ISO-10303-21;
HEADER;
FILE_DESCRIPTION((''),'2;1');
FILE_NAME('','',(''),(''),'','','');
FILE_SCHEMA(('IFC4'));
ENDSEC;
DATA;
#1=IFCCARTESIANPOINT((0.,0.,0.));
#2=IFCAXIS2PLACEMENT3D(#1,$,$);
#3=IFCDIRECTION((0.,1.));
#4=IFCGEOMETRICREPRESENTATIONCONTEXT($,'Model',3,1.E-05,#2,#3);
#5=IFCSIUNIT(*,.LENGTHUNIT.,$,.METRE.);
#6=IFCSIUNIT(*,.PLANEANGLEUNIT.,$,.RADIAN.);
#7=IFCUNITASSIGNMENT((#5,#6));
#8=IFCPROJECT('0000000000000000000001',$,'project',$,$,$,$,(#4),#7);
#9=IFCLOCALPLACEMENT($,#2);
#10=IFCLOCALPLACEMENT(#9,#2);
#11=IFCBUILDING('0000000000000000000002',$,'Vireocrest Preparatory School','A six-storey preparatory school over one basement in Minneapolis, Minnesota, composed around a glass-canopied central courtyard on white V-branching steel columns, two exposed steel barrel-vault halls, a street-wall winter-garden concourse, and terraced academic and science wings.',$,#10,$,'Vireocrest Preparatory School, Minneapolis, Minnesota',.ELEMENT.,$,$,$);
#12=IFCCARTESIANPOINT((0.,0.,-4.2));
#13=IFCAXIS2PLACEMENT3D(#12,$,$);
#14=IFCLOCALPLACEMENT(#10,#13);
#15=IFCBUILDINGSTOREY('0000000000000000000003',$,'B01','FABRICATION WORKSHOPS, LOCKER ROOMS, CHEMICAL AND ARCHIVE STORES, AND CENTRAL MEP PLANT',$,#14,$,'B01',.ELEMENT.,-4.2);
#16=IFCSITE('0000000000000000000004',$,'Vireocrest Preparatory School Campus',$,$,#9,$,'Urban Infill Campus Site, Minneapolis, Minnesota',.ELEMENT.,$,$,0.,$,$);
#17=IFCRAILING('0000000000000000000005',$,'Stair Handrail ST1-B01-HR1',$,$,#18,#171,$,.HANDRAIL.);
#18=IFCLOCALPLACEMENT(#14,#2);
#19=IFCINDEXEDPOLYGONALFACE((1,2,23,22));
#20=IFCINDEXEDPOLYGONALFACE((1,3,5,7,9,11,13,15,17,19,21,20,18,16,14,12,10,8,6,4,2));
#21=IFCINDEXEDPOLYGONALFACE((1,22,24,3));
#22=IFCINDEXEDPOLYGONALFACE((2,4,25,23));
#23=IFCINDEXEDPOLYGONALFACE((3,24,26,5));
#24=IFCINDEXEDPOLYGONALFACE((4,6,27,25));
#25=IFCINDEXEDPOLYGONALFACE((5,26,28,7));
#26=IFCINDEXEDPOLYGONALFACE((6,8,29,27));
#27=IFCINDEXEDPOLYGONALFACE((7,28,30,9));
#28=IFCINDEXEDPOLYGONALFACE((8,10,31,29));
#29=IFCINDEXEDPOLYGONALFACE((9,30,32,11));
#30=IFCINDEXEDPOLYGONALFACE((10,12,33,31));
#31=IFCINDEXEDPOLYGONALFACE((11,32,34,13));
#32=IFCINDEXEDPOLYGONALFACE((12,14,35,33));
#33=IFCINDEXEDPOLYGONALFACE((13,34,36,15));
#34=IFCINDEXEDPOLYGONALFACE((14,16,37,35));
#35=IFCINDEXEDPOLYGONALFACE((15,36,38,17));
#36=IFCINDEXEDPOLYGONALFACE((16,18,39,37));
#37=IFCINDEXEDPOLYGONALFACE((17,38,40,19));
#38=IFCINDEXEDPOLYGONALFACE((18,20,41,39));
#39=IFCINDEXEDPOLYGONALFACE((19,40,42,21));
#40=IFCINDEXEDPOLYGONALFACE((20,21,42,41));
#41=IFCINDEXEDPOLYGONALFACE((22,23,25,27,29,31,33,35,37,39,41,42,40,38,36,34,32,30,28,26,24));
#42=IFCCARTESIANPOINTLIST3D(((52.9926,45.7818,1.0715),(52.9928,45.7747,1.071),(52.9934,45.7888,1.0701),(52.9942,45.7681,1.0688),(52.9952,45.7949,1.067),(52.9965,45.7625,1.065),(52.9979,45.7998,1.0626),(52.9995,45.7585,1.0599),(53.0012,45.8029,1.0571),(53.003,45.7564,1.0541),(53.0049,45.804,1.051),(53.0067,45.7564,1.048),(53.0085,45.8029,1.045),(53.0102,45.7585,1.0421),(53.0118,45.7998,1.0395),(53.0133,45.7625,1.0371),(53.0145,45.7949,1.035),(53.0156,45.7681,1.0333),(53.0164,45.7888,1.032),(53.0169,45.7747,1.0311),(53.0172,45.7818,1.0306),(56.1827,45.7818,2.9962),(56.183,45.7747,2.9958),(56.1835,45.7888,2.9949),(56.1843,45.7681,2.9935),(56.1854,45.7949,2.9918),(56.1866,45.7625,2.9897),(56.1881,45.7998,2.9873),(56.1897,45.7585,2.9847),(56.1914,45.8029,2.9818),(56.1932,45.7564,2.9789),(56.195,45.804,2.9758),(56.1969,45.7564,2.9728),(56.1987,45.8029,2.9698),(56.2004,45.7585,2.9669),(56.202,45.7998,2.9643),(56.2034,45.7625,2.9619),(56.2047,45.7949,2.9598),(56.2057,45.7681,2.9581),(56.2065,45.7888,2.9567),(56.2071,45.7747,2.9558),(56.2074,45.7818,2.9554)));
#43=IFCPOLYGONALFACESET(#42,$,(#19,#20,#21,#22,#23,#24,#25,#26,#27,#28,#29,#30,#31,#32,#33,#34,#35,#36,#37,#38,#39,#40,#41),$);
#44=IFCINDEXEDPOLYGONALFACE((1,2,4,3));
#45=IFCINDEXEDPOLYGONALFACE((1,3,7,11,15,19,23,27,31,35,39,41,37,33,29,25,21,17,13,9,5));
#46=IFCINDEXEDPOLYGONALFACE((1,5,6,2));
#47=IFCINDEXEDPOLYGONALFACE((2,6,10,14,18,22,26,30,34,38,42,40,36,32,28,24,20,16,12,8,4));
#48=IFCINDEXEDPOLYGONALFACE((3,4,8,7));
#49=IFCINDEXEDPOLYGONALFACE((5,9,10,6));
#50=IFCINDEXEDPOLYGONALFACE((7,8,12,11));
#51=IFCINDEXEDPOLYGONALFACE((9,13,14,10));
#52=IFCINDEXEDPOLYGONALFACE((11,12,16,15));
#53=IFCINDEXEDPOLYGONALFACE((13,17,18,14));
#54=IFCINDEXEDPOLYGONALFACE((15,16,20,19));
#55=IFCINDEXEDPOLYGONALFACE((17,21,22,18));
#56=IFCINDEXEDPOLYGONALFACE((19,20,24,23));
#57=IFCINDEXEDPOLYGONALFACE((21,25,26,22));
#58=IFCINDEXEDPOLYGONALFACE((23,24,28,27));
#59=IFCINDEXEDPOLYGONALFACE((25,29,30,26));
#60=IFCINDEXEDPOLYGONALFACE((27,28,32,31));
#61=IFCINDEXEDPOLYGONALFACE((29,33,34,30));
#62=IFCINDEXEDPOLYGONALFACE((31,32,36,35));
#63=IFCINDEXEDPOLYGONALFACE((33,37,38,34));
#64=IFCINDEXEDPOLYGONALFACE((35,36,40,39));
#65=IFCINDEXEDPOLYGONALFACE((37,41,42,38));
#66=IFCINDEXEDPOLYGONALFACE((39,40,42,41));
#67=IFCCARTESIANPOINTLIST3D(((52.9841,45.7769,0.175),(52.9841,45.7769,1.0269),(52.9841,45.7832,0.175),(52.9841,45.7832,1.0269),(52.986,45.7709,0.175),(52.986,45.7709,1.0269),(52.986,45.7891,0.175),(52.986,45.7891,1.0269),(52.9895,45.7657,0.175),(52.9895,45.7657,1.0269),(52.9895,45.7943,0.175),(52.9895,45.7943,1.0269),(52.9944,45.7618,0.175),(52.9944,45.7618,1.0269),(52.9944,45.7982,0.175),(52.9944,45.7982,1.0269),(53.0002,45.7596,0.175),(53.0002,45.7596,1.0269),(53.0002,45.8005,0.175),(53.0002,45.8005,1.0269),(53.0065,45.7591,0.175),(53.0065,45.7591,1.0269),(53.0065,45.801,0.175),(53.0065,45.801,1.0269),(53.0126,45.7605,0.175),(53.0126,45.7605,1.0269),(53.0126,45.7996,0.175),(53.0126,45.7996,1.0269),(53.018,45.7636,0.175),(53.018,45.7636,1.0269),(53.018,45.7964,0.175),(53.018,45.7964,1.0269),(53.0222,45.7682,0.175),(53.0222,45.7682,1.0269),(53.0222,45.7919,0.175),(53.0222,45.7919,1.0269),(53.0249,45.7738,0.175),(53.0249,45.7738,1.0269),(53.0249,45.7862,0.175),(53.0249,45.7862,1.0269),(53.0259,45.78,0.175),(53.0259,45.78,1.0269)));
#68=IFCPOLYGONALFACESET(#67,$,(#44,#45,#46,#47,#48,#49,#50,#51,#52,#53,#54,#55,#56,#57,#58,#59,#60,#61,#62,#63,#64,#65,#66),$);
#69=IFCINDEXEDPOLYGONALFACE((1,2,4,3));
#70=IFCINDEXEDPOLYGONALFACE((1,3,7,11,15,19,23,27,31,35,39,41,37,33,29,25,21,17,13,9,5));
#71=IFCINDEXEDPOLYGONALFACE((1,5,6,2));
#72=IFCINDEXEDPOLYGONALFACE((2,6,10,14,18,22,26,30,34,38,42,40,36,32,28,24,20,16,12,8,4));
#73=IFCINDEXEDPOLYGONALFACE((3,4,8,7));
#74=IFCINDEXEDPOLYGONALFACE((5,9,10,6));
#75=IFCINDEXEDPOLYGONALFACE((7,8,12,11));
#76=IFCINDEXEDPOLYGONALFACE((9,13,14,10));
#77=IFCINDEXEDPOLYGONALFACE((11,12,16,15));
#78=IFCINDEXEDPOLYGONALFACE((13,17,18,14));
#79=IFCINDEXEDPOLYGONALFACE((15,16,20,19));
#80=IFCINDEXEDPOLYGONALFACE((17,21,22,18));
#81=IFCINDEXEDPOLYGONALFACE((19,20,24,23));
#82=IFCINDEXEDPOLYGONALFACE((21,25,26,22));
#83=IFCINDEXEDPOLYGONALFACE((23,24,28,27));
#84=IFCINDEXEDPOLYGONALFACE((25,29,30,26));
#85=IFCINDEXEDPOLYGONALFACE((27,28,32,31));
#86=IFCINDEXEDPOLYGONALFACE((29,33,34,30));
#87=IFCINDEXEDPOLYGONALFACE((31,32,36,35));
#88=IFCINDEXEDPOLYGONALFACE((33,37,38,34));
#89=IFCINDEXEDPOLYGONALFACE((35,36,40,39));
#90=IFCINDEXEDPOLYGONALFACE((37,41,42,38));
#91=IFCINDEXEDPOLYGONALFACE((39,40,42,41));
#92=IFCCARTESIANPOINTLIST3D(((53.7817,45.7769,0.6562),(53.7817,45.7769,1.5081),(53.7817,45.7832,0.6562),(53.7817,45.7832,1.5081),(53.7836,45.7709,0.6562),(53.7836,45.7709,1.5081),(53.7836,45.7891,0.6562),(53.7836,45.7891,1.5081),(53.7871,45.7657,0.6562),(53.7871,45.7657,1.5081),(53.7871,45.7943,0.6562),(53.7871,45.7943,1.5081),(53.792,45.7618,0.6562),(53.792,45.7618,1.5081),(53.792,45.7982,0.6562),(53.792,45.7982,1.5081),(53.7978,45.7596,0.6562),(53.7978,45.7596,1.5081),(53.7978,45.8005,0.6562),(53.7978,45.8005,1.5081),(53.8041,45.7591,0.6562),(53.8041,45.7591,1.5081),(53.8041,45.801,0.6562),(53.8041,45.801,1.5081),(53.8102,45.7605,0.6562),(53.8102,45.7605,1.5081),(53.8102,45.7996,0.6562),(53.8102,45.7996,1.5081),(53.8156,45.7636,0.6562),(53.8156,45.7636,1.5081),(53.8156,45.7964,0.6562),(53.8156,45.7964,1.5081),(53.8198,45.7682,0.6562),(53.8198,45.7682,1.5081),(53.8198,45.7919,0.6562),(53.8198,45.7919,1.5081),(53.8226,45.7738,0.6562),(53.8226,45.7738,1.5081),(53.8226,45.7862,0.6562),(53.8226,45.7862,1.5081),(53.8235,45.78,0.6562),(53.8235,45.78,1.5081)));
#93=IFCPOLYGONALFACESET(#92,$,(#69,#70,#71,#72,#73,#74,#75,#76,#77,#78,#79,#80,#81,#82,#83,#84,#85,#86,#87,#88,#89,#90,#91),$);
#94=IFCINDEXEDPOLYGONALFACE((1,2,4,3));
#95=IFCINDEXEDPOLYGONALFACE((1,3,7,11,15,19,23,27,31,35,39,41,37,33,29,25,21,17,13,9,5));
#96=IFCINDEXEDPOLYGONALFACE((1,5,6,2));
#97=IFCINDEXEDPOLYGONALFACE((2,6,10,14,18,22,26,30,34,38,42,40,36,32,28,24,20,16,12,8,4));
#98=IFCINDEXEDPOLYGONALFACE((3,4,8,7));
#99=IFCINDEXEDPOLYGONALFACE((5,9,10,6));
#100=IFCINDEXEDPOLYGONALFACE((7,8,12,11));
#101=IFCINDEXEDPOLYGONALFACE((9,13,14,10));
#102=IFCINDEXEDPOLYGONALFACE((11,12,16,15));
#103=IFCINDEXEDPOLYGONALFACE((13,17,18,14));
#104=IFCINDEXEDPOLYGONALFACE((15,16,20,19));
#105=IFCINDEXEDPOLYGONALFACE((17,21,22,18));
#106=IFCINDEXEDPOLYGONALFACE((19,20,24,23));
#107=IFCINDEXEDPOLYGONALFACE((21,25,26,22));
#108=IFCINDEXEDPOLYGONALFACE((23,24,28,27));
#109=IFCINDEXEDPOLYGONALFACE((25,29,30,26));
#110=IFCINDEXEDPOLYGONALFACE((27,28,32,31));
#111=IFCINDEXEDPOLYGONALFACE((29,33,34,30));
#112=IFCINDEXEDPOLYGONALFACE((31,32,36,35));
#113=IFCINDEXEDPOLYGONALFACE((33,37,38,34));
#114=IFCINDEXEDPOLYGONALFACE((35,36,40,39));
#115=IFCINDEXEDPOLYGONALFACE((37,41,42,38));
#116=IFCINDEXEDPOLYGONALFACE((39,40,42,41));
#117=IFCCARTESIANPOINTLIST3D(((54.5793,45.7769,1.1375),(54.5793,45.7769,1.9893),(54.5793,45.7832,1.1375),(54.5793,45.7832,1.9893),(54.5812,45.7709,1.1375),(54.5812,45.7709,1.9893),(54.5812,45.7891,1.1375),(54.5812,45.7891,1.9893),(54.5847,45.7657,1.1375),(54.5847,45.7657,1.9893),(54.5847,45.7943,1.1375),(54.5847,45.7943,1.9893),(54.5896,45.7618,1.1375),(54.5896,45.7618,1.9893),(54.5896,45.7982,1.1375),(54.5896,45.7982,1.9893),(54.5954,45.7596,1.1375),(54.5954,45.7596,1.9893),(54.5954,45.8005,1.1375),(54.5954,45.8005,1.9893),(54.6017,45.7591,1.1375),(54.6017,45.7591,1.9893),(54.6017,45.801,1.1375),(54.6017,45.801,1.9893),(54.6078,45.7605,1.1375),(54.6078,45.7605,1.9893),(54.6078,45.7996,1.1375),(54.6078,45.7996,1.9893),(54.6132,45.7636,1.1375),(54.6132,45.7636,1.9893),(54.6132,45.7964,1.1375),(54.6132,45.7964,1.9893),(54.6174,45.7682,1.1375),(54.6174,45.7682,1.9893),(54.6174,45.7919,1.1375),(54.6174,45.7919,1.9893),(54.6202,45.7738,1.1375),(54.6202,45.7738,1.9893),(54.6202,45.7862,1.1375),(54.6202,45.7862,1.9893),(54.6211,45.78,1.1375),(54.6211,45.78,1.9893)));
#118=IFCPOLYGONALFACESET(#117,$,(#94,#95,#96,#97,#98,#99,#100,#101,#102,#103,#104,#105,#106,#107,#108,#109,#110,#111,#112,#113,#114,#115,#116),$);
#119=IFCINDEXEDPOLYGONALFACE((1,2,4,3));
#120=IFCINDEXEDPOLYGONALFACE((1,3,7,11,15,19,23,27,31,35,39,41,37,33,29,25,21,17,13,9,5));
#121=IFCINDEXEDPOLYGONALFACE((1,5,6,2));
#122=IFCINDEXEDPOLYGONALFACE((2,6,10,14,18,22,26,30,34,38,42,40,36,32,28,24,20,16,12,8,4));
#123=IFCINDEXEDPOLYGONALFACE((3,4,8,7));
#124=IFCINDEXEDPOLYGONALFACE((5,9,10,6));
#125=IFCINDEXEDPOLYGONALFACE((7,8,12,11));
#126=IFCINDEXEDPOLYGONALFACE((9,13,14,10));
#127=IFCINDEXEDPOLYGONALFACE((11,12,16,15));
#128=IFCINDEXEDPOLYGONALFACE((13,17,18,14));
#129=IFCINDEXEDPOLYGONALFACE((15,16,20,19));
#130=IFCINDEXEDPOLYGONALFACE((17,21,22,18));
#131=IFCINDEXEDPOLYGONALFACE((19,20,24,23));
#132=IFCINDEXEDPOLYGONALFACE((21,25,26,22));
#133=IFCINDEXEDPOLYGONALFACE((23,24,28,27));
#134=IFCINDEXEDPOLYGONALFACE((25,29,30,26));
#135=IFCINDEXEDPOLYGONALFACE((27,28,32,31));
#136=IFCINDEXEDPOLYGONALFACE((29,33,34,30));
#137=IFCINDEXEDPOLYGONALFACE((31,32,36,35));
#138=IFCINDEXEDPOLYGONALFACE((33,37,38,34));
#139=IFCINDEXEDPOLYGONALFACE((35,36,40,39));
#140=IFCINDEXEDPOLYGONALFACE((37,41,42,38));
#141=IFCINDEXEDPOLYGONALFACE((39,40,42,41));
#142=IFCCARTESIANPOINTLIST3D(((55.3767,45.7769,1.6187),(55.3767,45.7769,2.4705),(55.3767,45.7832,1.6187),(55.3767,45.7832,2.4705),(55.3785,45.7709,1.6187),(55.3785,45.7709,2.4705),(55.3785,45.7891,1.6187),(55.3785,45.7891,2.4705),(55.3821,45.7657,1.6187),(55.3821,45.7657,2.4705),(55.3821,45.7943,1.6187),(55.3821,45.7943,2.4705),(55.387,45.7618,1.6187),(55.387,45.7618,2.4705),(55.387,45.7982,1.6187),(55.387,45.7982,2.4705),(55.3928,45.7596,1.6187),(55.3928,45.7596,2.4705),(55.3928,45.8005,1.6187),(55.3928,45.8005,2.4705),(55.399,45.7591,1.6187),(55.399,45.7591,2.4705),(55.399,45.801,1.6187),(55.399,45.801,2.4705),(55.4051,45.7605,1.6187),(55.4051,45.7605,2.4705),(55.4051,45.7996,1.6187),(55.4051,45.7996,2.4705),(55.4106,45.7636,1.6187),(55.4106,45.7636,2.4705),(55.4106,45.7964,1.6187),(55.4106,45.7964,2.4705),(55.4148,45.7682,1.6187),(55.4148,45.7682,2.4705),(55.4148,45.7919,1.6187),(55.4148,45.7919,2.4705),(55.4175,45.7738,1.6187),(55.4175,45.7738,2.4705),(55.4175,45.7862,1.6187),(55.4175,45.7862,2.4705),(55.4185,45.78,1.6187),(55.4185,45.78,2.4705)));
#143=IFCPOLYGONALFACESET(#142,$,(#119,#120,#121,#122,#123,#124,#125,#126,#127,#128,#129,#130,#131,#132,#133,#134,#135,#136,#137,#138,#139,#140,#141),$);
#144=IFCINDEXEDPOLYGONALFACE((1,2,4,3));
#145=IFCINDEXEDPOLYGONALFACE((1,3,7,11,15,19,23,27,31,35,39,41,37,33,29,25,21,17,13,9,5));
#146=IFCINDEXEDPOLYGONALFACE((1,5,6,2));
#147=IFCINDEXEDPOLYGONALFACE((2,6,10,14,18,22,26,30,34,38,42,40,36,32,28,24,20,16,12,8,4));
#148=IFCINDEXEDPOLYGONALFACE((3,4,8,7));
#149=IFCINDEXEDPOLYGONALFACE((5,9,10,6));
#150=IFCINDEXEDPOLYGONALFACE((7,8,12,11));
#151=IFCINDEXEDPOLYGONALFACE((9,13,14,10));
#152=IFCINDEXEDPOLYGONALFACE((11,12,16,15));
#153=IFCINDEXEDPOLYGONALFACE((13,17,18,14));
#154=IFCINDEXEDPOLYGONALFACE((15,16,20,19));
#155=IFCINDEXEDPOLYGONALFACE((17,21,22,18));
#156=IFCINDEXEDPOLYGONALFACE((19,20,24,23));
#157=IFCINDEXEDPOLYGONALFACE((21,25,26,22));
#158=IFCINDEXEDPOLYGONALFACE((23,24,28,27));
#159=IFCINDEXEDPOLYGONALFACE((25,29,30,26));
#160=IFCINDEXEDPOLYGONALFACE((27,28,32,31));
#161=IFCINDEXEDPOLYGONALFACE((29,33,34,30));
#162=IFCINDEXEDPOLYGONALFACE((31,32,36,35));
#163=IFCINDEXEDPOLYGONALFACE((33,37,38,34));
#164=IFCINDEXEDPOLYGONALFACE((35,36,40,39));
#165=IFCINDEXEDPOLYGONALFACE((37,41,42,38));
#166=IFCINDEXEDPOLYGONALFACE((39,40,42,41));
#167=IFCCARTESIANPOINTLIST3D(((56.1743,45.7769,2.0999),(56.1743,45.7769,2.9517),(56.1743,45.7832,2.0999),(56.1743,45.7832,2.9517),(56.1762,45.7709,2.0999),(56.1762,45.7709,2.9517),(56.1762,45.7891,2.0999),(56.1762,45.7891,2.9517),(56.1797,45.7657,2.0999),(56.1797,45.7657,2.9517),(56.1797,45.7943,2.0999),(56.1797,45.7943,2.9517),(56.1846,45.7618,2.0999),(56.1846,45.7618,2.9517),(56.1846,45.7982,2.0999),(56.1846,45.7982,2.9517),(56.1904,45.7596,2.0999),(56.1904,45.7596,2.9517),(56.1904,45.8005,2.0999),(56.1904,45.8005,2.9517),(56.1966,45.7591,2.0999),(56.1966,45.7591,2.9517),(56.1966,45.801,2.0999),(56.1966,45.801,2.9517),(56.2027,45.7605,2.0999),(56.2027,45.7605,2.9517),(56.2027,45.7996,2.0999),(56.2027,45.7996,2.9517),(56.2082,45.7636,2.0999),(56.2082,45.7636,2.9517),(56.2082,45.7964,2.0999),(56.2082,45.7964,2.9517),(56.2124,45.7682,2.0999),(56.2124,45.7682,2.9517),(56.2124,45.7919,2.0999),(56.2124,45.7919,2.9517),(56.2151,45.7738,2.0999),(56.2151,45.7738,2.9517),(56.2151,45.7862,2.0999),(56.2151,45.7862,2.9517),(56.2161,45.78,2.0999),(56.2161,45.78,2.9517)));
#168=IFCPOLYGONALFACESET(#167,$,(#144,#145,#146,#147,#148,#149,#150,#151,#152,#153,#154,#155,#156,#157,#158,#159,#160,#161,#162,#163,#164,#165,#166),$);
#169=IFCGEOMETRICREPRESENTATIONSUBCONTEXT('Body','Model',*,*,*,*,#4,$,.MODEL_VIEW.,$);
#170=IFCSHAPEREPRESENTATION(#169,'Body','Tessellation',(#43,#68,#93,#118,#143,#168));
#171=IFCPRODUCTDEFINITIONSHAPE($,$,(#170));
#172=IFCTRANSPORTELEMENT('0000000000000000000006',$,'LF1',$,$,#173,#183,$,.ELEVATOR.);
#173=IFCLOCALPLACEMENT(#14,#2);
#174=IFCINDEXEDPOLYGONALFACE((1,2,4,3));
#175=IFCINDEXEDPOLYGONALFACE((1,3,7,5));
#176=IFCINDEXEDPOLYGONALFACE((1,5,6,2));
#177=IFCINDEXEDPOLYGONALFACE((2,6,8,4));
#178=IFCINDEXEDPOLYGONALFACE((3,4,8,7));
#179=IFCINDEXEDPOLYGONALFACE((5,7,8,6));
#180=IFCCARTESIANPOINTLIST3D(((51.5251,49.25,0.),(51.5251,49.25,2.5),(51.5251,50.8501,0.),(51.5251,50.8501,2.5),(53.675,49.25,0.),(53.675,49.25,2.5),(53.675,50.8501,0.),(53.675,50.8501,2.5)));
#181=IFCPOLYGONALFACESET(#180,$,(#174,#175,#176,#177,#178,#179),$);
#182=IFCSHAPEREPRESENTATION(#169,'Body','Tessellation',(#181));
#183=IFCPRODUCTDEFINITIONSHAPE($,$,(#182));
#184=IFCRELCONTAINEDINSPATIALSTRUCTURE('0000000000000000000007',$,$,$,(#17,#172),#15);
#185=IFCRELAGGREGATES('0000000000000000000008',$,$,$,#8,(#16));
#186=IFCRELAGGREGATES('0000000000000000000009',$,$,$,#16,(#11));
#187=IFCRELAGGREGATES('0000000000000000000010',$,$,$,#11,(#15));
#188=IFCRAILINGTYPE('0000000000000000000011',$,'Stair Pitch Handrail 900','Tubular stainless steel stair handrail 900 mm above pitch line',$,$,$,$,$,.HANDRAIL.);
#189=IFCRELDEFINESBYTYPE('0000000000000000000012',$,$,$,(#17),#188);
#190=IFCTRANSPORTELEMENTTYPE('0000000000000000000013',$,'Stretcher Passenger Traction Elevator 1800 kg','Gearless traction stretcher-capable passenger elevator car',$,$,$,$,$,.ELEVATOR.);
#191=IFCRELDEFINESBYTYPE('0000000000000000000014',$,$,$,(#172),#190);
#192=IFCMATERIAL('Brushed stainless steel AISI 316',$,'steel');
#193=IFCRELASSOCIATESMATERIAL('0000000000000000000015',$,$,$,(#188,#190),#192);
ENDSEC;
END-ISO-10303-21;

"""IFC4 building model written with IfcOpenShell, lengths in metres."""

from ifc_helpers import new_model, si_unit, direction, frame, origin, origin_2d, place, context, subcontext, project, spatial, rectangle, circle, extrude, material, type_object, element, save


model = new_model("IFC4")

# Units and contexts
model_context = context("Model", 3, precision=1e-05, world=origin(), true_north=direction((0.0, 1.0)))
body_context = subcontext(model_context, "Body", "Model", "MODEL_VIEW")
ifc_project = project(units=[si_unit("LENGTHUNIT", "METRE"), si_unit("PLANEANGLEUNIT", "RADIAN")], contexts=[model_context])

# Site, building, storey
site_placement = place(None, origin())
site = spatial("IfcSite", under=ifc_project, at=site_placement, Name="Vireocrest Preparatory School Campus", LongName="Urban Infill Campus Site, Minneapolis, Minnesota", CompositionType="ELEMENT", RefElevation=0.0)
building_placement = place(site_placement, origin())
building = spatial("IfcBuilding", under=site, at=building_placement, Name="Vireocrest Preparatory School", Description="A six-storey preparatory school over one basement in Minneapolis, Minnesota, composed around a glass-canopied central courtyard on white V-branching steel columns, two exposed steel barrel-vault halls, a street-wall winter-garden concourse, and terraced academic and science wings.", LongName="Vireocrest Preparatory School, Minneapolis, Minnesota", CompositionType="ELEMENT")
storey_placement = place(building_placement, frame((0.0, 0.0, -4.2)))
storey = spatial("IfcBuildingStorey", under=building, at=storey_placement, Name="B01", Description="FABRICATION WORKSHOPS, LOCKER ROOMS, CHEMICAL AND ARCHIVE STORES, AND CENTRAL MEP PLANT", LongName="B01", CompositionType="ELEMENT", Elevation=-4.2)

# Railing
ifc_material_1 = material(Name="Brushed stainless steel AISI 316", Category="steel")
railing_type_1 = type_object("IfcRailingType", Name="Stair Pitch Handrail 900", Description="Tubular stainless steel stair handrail 900 mm above pitch line", PredefinedType="HANDRAIL", material=ifc_material_1)
railing_1_placement = place(storey_placement, frame((53.0049, 45.78, 0.175)))
element("IfcRailing", 1, at=railing_1_placement, inside=storey, type_object=railing_type_1, Name="Stair Handrail ST1-B01-HR1", PredefinedType="HANDRAIL", context=body_context, shape_type="SweptSolid", body=[
    extrude(circle(Radius=0.0239, at=origin_2d()), frame((0.0, 0.0, 0.876), z_axis=(0.856224, 0.0, 0.516605), x_axis=(0.0, 1.0, 0.0)), (0.0, 0.0, 1.0), 3.7258),
    extrude(circle(Radius=0.021, at=origin_2d()), origin(), (0.0, 0.0, 1.0), 0.8518),
    extrude(circle(Radius=0.021, at=origin_2d()), frame((0.7976, 0.0, 0.4812)), (0.0, 0.0, 1.0), 0.8518),
    extrude(circle(Radius=0.021, at=origin_2d()), frame((1.5952, 0.0, 0.9624)), (0.0, 0.0, 1.0), 0.8518),
    extrude(circle(Radius=0.021, at=origin_2d()), frame((2.3926, 0.0, 1.4436)), (0.0, 0.0, 1.0), 0.8518),
    extrude(circle(Radius=0.021, at=origin_2d()), frame((3.1902, 0.0, 1.9248)), (0.0, 0.0, 1.0), 0.8518),
])

# Transport element
transport_element_type = type_object("IfcTransportElementType", Name="Stretcher Passenger Traction Elevator 1800 kg", Description="Gearless traction stretcher-capable passenger elevator car", PredefinedType="ELEVATOR", material=ifc_material_1)
transport_element_placement = place(storey_placement, frame((52.6001, 50.05, 0.0), z_axis=(0.0, 0.0, 1.0), x_axis=(1.0, 0.0, 0.0)))
element("IfcTransportElement", 2, at=transport_element_placement, inside=storey, type_object=transport_element_type, Name="LF1", PredefinedType="ELEVATOR", context=body_context, shape_type="SweptSolid", body=[
    extrude(rectangle(XDim=2.1499, YDim=1.6001, at=origin_2d()), origin(), (0.0, 0.0, 1.0), 2.5),
])

save(model, "model.ifc")
